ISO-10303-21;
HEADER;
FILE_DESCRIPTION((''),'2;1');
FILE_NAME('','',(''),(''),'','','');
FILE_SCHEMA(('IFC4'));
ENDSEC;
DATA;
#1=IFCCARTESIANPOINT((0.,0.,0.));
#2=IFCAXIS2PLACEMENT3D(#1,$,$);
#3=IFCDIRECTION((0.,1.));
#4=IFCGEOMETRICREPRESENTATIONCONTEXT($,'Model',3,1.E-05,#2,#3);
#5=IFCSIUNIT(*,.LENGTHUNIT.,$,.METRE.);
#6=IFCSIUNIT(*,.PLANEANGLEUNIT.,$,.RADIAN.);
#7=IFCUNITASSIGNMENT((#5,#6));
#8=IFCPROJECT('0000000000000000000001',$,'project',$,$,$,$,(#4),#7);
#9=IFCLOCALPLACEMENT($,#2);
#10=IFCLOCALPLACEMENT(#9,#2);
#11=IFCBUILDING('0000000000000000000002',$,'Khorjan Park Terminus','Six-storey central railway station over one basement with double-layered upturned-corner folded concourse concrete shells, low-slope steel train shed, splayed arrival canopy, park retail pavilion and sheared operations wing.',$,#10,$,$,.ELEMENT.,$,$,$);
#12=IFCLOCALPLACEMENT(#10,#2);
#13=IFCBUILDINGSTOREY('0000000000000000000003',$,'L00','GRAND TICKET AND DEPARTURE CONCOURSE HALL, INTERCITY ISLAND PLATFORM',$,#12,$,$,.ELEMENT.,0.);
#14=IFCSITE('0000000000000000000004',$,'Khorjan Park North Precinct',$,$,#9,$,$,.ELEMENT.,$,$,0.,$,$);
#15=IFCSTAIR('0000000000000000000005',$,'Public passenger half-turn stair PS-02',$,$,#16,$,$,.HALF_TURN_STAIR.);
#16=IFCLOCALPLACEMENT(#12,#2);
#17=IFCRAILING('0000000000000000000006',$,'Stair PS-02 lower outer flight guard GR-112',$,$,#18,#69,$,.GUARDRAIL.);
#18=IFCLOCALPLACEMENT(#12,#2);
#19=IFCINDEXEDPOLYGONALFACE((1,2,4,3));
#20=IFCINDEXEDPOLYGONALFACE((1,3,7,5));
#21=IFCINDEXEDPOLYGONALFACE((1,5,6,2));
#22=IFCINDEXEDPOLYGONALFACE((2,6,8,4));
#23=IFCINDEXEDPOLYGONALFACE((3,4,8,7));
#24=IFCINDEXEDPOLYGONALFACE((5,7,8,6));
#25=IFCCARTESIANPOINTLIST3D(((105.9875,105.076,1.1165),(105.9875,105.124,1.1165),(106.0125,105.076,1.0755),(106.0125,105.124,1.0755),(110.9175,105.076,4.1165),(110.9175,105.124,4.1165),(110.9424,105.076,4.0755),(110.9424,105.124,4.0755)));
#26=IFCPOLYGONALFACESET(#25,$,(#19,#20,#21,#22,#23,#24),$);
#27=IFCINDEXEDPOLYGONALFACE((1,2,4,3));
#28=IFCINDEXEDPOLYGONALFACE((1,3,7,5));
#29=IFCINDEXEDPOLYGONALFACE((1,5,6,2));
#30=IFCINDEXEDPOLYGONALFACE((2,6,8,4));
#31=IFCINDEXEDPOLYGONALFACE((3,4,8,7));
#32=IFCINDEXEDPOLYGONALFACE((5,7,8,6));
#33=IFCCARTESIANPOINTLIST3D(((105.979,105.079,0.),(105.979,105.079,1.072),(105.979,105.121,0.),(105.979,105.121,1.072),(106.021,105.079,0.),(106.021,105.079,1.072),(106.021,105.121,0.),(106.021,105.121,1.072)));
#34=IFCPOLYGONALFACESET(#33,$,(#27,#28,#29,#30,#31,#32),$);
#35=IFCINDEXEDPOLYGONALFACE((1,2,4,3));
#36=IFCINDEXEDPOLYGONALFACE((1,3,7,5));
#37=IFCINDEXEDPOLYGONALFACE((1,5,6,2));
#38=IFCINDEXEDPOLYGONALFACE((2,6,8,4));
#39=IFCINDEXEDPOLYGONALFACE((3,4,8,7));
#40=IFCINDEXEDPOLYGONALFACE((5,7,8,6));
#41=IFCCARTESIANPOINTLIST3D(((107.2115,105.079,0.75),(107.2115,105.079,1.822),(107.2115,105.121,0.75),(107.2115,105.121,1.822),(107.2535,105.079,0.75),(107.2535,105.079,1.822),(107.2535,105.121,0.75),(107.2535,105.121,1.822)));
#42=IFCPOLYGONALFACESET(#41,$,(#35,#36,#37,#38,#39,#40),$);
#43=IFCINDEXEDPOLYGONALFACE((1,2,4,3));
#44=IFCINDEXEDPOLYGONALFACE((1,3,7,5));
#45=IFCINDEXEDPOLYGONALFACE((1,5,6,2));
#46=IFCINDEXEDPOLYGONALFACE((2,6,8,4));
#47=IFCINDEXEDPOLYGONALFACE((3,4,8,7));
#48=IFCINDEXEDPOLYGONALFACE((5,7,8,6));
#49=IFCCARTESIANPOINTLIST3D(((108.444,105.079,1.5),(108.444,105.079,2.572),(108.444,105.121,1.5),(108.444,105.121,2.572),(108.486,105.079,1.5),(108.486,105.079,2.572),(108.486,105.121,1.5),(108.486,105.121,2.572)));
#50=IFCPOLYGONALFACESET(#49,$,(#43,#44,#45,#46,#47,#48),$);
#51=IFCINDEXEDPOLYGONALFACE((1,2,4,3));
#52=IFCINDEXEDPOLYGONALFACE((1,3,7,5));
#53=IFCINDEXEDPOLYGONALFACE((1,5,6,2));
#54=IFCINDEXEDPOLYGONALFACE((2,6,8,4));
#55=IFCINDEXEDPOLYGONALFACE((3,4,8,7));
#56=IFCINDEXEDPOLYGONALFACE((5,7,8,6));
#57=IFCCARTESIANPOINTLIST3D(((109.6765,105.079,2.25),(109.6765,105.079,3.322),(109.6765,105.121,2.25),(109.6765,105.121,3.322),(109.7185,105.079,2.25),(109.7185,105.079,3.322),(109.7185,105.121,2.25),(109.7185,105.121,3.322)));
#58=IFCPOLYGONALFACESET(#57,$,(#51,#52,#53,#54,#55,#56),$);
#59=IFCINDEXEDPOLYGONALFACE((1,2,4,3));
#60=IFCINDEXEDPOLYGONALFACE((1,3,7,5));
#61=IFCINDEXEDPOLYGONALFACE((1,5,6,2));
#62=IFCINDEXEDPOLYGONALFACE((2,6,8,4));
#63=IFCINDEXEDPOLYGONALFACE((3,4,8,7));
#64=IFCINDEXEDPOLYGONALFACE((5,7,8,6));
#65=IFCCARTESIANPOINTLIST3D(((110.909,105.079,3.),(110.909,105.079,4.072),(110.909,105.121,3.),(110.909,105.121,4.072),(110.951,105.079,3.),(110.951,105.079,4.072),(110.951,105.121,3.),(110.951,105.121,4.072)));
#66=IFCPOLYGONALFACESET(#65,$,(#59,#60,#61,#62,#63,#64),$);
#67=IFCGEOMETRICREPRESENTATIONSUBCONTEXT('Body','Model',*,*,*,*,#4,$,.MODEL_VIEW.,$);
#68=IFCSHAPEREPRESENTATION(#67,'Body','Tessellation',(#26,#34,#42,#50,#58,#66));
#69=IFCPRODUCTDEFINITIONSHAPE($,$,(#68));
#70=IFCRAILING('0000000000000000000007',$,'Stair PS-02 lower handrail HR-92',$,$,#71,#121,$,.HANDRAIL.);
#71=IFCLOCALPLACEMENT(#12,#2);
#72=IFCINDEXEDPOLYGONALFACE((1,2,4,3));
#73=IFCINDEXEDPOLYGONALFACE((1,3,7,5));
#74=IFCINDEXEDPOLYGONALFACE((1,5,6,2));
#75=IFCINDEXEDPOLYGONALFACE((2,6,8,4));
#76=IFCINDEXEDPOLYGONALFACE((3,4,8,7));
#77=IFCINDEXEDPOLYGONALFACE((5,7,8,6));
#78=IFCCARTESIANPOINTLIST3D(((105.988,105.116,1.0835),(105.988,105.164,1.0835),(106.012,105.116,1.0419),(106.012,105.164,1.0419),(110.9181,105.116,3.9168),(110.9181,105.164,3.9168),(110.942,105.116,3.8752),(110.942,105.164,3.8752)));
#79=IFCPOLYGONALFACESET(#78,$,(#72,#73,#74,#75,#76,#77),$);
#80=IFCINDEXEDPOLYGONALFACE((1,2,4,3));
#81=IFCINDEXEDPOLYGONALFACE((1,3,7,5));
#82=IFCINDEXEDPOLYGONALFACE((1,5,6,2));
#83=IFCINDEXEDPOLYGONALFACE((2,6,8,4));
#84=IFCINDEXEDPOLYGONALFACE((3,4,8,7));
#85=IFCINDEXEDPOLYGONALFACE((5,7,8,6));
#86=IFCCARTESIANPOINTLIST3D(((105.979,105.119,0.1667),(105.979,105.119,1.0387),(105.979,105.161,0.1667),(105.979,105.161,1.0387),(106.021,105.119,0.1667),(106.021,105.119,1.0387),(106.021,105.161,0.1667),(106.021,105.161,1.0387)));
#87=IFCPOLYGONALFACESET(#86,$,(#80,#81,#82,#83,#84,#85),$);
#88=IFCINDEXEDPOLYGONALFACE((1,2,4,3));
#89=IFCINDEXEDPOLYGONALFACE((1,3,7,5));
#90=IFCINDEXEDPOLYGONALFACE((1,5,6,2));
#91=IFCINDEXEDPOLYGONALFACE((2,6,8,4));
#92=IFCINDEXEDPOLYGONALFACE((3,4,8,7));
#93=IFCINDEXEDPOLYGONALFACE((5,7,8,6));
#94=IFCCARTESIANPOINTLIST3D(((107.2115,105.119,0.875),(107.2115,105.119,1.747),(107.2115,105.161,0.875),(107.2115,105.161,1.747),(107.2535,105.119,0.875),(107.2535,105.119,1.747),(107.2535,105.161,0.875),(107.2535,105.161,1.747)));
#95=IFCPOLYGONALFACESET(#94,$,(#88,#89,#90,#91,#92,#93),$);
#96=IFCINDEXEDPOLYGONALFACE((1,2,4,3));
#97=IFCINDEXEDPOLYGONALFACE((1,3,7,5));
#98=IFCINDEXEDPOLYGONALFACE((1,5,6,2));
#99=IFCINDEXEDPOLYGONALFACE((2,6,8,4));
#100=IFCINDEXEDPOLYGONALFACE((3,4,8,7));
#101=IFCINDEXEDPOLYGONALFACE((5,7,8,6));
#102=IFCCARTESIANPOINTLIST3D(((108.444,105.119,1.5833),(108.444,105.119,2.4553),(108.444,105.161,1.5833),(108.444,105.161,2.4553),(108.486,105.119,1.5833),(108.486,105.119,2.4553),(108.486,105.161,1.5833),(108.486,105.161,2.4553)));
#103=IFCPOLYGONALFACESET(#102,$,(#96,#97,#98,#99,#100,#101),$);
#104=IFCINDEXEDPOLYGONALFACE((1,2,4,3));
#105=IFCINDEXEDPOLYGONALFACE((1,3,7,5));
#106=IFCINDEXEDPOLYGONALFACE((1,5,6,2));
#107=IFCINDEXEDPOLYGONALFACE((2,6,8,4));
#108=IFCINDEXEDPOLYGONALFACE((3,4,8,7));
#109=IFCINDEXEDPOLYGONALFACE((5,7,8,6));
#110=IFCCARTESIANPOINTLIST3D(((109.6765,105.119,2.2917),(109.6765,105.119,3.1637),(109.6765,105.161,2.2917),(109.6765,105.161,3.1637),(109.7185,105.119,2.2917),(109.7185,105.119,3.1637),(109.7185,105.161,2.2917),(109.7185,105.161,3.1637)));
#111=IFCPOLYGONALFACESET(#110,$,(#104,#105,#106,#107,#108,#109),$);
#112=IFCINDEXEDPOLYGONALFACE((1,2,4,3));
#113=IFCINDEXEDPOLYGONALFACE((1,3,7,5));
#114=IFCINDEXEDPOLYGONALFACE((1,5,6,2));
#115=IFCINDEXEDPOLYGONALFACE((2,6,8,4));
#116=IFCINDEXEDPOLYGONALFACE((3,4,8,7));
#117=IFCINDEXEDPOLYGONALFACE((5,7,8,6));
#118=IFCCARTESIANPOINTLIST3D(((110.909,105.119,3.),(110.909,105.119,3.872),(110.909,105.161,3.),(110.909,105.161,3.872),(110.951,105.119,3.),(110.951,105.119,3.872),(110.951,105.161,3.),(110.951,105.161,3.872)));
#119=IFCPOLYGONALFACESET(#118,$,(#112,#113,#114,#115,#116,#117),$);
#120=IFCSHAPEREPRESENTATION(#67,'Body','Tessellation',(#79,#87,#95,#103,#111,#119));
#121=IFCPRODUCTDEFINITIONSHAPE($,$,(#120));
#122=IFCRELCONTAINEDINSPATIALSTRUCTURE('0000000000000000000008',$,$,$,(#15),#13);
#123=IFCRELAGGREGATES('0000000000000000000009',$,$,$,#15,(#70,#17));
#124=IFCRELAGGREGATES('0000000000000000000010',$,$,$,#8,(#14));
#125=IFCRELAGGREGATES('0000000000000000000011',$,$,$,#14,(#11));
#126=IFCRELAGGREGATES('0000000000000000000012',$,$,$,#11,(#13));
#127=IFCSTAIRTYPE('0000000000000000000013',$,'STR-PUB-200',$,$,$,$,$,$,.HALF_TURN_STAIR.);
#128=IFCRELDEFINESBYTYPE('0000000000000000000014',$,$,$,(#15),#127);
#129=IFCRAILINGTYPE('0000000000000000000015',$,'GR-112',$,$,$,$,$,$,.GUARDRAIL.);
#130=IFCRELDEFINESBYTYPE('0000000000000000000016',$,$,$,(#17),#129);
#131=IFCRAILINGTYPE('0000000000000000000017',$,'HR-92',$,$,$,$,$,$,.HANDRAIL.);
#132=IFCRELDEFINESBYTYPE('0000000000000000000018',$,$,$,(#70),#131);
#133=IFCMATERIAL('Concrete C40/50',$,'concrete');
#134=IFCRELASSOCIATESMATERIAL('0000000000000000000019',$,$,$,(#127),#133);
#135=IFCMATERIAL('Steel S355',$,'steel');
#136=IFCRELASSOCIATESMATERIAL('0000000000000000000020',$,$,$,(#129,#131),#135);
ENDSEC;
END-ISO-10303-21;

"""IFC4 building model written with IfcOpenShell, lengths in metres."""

from ifc_helpers import new_model, si_unit, direction, frame, origin, origin_2d, place, context, subcontext, project, spatial, rectangle, extrude, material, type_object, element, aggregate, save


model = new_model("IFC4")

# Units and contexts
model_context = context("Model", 3, precision=1e-05, world=origin(), true_north=direction((0.0, 1.0)))
body_context = subcontext(model_context, "Body", "Model", "MODEL_VIEW")
ifc_project = project(units=[si_unit("LENGTHUNIT", "METRE"), si_unit("PLANEANGLEUNIT", "RADIAN")], contexts=[model_context])

# Site, building, storey
site_placement = place(None, origin())
site = spatial("IfcSite", under=ifc_project, at=site_placement, Name="Khorjan Park North Precinct", CompositionType="ELEMENT", RefElevation=0.0)
building_placement = place(site_placement, origin())
building = spatial("IfcBuilding", under=site, at=building_placement, Name="Khorjan Park Terminus", Description="Six-storey central railway station over one basement with double-layered upturned-corner folded concourse concrete shells, low-slope steel train shed, splayed arrival canopy, park retail pavilion and sheared operations wing.", CompositionType="ELEMENT")
storey_placement = place(building_placement, origin())
storey = spatial("IfcBuildingStorey", under=building, at=storey_placement, Name="L00", Description="GRAND TICKET AND DEPARTURE CONCOURSE HALL, INTERCITY ISLAND PLATFORM", CompositionType="ELEMENT", Elevation=0.0)

# Shared definitions
ifc_material_1 = material(Name="Steel S355", Category="steel")

# Stair, railings
ifc_material_2 = material(Name="Concrete C40/50", Category="concrete")
stair_type = type_object("IfcStairType", Name="STR-PUB-200", PredefinedType="HALF_TURN_STAIR", material=ifc_material_2)
stair_placement = place(storey_placement, origin())
stair = element("IfcStair", 1, at=stair_placement, inside=storey, type_object=stair_type, Name="Public passenger half-turn stair PS-02", PredefinedType="HALF_TURN_STAIR")
railing_type_1 = type_object("IfcRailingType", Name="GR-112", PredefinedType="GUARDRAIL", material=ifc_material_1)
railing_1_placement = place(storey_placement, frame((106.0, 105.1, 0.0)))
railing_1 = element("IfcRailing", 2, at=railing_1_placement, type_object=railing_type_1, Name="Stair PS-02 lower outer flight guard GR-112", PredefinedType="GUARDRAIL", context=body_context, shape_type="SweptSolid", body=[
    extrude(rectangle(XDim=0.048, YDim=0.048, at=origin_2d()), frame((0.0, 0.0, 1.096), z_axis=(0.854265, 0.0, 0.519837), x_axis=(0.0, 1.0, 0.0)), (0.0, 0.0, 1.0), 5.771),
    extrude(rectangle(XDim=0.042, YDim=0.042, at=origin_2d()), origin(), (0.0, 0.0, 1.0), 1.072),
    extrude(rectangle(XDim=0.042, YDim=0.042, at=origin_2d()), frame((1.2325, 0.0, 0.75)), (0.0, 0.0, 1.0), 1.072),
    extrude(rectangle(XDim=0.042, YDim=0.042, at=origin_2d()), frame((2.465, 0.0, 1.5)), (0.0, 0.0, 1.0), 1.072),
    extrude(rectangle(XDim=0.042, YDim=0.042, at=origin_2d()), frame((3.6975, 0.0, 2.25)), (0.0, 0.0, 1.0), 1.072),
    extrude(rectangle(XDim=0.042, YDim=0.042, at=origin_2d()), frame((4.93, 0.0, 3.0)), (0.0, 0.0, 1.0), 1.072),
])
railing_type_2 = type_object("IfcRailingType", Name="HR-92", PredefinedType="HANDRAIL", material=ifc_material_1)
railing_2_placement = place(storey_placement, frame((106.0, 105.14, 0.1667)))
railing_2 = element("IfcRailing", 3, at=railing_2_placement, type_object=railing_type_2, Name="Stair PS-02 lower handrail HR-92", PredefinedType="HANDRAIL", context=body_context, shape_type="SweptSolid", body=[
    extrude(rectangle(XDim=0.048, YDim=0.048, at=origin_2d()), frame((0.0, 0.0, 0.896), z_axis=(0.867016, 0.0, 0.498279), x_axis=(0.0, 1.0, 0.0)), (0.0, 0.0, 1.0), 5.6862),
    extrude(rectangle(XDim=0.042, YDim=0.042, at=origin_2d()), origin(), (0.0, 0.0, 1.0), 0.872),
    extrude(rectangle(XDim=0.042, YDim=0.042, at=origin_2d()), frame((1.2325, 0.0, 0.7083)), (0.0, 0.0, 1.0), 0.872),
    extrude(rectangle(XDim=0.042, YDim=0.042, at=origin_2d()), frame((2.465, 0.0, 1.4166)), (0.0, 0.0, 1.0), 0.872),
    extrude(rectangle(XDim=0.042, YDim=0.042, at=origin_2d()), frame((3.6975, 0.0, 2.125)), (0.0, 0.0, 1.0), 0.872),
    extrude(rectangle(XDim=0.042, YDim=0.042, at=origin_2d()), frame((4.93, 0.0, 2.8333)), (0.0, 0.0, 1.0), 0.872),
])
aggregate(stair, [railing_2, railing_1])

save(model, "model.ifc")
